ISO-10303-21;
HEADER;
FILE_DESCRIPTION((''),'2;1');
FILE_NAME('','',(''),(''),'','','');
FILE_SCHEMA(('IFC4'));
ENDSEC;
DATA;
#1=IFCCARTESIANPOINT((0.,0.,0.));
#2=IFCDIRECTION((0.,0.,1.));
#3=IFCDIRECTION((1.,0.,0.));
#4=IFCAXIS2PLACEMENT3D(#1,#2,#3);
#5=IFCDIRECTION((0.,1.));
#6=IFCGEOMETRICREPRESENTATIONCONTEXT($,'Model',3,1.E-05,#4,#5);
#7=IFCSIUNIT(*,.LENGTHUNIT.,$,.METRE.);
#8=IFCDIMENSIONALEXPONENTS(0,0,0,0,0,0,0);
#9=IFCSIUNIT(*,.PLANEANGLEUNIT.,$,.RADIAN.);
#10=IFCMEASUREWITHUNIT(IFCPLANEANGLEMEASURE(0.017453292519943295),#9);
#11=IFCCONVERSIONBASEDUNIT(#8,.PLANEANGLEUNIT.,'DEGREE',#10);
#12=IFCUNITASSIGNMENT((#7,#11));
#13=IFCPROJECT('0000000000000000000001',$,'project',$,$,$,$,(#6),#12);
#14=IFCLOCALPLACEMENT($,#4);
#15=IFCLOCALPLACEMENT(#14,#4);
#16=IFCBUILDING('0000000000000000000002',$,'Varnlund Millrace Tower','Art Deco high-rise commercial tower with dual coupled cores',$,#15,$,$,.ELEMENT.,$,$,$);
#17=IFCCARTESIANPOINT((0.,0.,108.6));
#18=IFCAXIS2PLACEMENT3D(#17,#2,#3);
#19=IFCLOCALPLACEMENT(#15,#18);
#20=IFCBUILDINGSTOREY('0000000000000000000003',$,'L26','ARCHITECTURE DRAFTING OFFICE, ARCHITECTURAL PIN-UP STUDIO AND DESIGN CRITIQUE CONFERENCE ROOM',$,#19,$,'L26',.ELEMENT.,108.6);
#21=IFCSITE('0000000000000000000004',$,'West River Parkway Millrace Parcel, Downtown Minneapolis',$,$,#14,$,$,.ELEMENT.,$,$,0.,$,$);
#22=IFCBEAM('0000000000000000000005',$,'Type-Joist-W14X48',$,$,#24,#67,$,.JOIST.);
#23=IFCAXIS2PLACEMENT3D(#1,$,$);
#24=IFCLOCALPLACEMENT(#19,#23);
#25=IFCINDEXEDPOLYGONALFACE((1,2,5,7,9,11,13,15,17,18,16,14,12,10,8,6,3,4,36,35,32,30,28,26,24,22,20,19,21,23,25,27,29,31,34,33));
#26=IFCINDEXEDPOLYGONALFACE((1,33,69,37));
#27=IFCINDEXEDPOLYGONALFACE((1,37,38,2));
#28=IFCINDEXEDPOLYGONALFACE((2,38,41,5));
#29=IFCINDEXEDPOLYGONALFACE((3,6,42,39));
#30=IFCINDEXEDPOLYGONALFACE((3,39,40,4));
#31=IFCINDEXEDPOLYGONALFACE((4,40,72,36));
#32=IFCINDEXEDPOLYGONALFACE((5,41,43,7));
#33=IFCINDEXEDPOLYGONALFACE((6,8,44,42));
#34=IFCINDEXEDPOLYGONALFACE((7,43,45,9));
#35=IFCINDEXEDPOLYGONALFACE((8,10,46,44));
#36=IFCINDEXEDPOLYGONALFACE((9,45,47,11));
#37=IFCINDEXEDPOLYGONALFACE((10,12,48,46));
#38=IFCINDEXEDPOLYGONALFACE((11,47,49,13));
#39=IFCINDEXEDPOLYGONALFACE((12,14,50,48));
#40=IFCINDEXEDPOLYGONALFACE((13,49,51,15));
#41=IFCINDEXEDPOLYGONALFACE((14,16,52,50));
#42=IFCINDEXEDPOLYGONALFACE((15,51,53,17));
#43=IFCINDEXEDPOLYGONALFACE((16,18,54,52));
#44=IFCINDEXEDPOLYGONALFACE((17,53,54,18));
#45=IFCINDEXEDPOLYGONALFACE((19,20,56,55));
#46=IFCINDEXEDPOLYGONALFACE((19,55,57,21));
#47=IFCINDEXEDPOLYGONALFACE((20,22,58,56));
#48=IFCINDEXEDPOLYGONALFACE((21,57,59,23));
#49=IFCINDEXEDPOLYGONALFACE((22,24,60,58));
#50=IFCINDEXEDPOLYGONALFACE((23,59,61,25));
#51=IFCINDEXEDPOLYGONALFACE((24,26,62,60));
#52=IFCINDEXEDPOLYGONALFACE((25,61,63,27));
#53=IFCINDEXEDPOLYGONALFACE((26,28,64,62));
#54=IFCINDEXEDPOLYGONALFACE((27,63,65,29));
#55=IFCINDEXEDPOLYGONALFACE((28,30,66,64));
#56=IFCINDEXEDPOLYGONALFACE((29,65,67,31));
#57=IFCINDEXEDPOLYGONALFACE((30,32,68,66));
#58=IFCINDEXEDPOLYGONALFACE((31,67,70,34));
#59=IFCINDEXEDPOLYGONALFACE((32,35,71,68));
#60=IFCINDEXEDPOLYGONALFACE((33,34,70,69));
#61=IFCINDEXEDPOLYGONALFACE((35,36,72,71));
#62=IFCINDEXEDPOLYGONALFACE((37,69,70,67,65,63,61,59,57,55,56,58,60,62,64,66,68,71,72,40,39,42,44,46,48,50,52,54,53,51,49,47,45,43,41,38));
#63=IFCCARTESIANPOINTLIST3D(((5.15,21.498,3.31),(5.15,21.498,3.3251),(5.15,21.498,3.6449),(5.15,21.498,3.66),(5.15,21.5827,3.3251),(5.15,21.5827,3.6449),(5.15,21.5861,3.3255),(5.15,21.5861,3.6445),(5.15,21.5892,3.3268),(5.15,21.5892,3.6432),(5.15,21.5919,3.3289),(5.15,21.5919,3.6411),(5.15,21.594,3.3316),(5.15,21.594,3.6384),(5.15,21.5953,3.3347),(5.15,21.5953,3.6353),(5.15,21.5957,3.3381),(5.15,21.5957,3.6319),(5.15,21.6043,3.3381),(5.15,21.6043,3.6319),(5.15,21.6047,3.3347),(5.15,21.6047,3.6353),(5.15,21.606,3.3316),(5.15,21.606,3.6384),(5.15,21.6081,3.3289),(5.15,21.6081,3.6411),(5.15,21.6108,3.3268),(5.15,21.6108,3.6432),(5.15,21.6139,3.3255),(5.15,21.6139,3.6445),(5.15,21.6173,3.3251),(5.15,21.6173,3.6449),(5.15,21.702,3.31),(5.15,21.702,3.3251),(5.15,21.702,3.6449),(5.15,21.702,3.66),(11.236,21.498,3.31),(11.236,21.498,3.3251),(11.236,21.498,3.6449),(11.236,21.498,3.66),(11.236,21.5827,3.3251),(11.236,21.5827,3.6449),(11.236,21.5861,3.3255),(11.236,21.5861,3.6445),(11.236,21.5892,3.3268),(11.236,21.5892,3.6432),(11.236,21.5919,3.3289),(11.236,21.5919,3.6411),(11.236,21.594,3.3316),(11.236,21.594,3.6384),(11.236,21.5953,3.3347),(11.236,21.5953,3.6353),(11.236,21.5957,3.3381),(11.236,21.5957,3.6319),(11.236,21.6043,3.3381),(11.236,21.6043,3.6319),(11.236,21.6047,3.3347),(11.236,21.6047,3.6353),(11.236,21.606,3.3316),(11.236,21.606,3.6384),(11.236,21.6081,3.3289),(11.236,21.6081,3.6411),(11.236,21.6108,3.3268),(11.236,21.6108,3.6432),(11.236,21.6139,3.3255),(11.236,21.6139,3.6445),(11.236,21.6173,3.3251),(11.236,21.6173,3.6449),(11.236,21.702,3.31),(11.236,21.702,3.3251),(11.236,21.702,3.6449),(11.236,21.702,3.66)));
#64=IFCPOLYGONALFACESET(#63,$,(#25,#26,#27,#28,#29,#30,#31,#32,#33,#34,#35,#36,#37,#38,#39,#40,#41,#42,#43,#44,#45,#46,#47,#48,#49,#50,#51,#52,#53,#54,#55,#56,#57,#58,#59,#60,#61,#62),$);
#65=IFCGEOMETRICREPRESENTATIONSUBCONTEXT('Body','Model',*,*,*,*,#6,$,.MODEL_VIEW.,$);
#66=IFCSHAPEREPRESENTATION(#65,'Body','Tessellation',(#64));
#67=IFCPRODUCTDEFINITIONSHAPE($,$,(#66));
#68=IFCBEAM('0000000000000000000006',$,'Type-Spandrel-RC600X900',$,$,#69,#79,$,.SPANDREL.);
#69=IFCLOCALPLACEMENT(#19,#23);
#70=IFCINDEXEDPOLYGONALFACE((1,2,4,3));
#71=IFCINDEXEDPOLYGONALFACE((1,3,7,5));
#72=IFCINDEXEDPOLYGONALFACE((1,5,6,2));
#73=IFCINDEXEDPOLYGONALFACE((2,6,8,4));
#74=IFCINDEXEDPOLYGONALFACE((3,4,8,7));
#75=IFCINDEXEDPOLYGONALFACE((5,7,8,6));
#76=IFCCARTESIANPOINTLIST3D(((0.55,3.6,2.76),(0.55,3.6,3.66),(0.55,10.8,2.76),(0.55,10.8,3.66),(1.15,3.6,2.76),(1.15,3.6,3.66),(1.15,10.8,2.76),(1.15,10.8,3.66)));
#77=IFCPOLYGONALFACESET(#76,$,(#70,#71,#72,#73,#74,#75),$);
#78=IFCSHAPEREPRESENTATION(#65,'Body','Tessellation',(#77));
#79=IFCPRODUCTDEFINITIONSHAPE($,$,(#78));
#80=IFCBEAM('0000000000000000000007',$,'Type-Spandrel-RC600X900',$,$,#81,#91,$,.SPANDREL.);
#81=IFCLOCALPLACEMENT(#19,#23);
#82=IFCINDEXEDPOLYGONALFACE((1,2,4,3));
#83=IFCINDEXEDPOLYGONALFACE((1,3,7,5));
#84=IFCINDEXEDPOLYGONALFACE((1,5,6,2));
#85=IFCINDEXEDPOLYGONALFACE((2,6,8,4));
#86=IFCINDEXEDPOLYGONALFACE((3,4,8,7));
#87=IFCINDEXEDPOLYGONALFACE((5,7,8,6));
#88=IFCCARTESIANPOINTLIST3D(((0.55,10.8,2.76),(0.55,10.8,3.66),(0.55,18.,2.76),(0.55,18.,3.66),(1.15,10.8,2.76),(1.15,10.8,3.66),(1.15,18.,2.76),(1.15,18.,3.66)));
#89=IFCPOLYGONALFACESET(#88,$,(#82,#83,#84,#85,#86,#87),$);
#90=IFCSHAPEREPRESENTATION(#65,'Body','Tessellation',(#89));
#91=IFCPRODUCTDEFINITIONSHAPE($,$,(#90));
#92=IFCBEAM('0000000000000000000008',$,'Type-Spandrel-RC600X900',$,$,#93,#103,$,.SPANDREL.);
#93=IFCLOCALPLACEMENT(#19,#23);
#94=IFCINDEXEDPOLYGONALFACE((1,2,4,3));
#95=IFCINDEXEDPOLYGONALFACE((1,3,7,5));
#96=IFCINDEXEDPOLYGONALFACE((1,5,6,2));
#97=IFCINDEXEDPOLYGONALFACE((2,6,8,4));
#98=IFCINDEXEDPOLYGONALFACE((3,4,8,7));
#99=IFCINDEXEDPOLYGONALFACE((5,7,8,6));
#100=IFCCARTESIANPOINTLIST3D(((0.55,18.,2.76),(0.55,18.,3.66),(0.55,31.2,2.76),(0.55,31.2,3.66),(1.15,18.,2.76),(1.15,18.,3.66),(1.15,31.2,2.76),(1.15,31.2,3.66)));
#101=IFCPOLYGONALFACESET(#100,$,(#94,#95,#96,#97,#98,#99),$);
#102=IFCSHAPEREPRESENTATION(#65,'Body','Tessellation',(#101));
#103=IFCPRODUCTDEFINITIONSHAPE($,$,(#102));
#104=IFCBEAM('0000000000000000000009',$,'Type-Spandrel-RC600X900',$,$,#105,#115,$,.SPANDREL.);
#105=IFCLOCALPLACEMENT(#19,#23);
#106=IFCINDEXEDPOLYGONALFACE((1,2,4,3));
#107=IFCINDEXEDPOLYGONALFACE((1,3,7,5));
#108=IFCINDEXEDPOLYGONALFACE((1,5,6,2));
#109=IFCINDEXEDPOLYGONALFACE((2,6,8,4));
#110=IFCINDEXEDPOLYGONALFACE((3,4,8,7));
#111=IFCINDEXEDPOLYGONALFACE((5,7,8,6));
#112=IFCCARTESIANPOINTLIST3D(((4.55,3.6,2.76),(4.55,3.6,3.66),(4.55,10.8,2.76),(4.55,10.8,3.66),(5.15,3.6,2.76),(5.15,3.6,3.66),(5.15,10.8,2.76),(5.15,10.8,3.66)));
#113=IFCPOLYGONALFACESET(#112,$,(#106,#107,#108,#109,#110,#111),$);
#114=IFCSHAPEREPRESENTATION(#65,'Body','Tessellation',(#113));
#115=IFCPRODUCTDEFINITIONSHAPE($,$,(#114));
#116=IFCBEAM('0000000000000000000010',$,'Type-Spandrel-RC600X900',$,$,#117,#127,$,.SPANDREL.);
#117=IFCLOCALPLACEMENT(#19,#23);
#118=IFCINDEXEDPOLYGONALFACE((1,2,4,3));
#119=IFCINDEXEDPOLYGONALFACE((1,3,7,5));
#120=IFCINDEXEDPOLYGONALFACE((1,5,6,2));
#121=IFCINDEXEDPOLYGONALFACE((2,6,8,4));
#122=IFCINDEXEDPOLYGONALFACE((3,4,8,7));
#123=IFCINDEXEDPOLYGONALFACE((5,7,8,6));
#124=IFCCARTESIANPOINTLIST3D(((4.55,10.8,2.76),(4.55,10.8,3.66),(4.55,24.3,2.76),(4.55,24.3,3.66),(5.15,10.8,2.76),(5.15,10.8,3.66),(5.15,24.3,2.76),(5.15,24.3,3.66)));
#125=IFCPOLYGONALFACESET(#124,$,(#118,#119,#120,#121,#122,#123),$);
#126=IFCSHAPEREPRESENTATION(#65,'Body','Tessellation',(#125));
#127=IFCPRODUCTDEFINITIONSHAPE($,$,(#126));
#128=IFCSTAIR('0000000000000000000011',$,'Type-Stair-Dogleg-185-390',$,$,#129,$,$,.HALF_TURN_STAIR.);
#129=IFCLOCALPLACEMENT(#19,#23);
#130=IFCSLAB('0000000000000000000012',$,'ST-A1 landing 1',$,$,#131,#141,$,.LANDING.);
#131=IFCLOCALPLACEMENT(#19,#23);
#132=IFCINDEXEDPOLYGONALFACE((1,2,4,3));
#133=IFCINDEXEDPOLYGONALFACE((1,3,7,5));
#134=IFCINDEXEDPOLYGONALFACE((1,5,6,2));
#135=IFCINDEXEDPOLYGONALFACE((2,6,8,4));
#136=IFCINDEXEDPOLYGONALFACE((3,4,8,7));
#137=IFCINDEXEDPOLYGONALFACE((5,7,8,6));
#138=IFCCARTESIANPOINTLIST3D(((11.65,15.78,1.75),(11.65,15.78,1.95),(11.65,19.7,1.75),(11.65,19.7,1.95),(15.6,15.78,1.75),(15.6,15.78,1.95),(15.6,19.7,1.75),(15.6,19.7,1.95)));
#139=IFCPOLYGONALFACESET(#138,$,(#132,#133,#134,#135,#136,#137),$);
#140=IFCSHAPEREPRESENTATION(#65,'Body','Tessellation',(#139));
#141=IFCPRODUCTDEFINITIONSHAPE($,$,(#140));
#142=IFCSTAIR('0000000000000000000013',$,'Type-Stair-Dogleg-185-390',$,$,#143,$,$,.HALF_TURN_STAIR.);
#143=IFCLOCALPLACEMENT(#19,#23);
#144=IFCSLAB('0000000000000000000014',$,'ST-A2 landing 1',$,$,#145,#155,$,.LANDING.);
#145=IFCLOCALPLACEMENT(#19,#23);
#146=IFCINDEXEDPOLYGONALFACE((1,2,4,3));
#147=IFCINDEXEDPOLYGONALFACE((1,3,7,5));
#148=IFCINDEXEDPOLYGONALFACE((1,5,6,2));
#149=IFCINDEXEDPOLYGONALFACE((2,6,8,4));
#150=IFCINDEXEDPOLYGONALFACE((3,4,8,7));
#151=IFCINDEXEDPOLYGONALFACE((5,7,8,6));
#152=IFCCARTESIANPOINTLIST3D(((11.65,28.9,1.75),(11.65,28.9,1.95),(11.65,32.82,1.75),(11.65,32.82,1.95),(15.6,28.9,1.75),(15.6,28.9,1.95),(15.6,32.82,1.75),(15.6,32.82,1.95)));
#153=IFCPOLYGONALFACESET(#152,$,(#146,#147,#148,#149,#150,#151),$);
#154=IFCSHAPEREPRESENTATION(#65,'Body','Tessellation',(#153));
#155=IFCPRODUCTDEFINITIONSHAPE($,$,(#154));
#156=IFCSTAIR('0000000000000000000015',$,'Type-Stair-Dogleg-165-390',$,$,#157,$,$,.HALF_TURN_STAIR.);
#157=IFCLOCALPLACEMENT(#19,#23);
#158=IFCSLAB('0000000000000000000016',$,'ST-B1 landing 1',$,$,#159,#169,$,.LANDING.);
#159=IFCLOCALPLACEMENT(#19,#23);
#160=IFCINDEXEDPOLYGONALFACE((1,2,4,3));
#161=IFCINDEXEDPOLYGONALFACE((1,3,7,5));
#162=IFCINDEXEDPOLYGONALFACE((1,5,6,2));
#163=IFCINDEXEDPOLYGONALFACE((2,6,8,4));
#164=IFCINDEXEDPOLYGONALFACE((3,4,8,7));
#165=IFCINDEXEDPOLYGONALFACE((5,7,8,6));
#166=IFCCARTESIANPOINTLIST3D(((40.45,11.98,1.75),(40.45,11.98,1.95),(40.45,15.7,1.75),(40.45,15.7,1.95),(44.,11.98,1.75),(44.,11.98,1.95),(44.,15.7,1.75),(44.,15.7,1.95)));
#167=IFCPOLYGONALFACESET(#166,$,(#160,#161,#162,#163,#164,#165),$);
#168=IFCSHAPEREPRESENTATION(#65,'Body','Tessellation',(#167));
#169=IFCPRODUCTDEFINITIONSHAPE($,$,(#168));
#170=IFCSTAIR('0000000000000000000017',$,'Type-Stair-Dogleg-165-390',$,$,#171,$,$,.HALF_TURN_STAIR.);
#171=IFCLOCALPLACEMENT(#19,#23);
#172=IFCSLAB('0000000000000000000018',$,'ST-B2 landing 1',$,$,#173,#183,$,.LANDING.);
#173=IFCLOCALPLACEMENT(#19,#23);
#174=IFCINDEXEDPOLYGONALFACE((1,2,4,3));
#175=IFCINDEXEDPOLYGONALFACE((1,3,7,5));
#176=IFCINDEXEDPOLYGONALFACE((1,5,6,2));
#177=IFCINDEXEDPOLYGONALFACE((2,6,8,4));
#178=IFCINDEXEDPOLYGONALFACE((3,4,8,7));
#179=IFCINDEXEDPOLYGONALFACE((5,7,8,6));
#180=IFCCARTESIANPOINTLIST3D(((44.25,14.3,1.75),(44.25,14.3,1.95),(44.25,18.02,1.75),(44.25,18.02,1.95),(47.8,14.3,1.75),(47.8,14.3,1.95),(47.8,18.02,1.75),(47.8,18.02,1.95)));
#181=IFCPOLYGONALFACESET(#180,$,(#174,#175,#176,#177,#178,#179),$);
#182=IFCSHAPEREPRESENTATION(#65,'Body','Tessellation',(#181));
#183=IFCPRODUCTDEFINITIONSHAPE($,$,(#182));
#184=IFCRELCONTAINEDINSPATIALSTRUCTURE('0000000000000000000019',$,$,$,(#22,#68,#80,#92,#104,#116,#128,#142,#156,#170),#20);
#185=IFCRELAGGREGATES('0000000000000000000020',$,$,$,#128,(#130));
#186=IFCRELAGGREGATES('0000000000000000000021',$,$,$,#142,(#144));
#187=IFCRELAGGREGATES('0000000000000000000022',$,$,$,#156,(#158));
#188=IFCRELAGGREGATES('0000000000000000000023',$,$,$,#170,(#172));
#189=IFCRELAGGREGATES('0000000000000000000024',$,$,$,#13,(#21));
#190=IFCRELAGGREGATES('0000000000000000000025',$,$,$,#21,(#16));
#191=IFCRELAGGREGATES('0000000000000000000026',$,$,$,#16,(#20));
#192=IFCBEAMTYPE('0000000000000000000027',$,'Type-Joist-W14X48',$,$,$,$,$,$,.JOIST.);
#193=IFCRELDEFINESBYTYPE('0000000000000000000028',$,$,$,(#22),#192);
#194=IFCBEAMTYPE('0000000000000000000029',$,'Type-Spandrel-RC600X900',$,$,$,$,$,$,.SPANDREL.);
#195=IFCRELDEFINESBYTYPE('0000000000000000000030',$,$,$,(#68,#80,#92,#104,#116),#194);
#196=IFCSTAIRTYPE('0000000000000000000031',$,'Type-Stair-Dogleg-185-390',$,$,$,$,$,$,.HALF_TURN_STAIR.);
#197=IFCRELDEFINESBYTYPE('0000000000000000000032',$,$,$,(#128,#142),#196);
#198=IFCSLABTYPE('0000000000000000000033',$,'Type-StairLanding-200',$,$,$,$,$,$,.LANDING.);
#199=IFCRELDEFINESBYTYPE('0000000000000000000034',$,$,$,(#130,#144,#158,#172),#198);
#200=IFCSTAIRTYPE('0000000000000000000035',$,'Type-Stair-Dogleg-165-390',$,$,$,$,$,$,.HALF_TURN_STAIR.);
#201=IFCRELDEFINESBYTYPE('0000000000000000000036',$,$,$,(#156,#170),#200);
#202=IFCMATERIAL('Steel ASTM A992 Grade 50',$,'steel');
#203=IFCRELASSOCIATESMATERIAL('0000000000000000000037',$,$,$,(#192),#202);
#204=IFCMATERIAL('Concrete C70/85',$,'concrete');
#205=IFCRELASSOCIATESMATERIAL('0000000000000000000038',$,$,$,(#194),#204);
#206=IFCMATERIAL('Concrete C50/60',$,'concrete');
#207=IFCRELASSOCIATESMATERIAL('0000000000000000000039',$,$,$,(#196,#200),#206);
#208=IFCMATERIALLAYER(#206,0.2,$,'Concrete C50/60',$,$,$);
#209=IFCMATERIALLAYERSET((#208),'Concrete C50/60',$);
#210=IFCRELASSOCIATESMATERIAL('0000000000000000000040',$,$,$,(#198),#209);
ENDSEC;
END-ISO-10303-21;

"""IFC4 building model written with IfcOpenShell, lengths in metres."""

from ifc_helpers import new_model, entity, si_unit, converted_unit, direction, frame, origin_with_axes, origin_2d_with_axis, place, context, subcontext, project, spatial, polyline, rectangle, i_section, outline, extrude, material, layer, layer_set, material_profile, profile_set, type_object, element, aggregate, save


model = new_model("IFC4")

# Units and contexts
model_context = context("Model", 3, precision=1e-05, world=origin_with_axes(), true_north=direction((0.0, 1.0)))
body_context = subcontext(model_context, "Body", "Model", "MODEL_VIEW")
ifc_project = project(units=[si_unit("LENGTHUNIT", "METRE"), converted_unit("PLANEANGLEUNIT", "DEGREE", entity("IfcPlaneAngleMeasure", 0.017453292519943295), si_unit("PLANEANGLEUNIT", "RADIAN"), dimensions=[0, 0, 0, 0, 0, 0, 0])], contexts=[model_context])

# Site, building, storey
site_placement = place(None, origin_with_axes())
site = spatial("IfcSite", under=ifc_project, at=site_placement, Name="West River Parkway Millrace Parcel, Downtown Minneapolis", CompositionType="ELEMENT", RefElevation=0.0)
building_placement = place(site_placement, origin_with_axes())
building = spatial("IfcBuilding", under=site, at=building_placement, Name="Varnlund Millrace Tower", Description="Art Deco high-rise commercial tower with dual coupled cores", CompositionType="ELEMENT")
storey_placement = place(building_placement, frame((0.0, 0.0, 108.6), z_axis=(0.0, 0.0, 1.0), x_axis=(1.0, 0.0, 0.0)))
storey = spatial("IfcBuildingStorey", under=building, at=storey_placement, Name="L26", Description="ARCHITECTURE DRAFTING OFFICE, ARCHITECTURAL PIN-UP STUDIO AND DESIGN CRITIQUE CONFERENCE ROOM", LongName="L26", CompositionType="ELEMENT", Elevation=108.6)

# Beams
ifc_material_1 = material(Name="Steel ASTM A992 Grade 50", Category="steel")
ifc_material_profile_1 = material_profile(ifc_material_1, i_section(OverallWidth=0.204, OverallDepth=0.35, WebThickness=0.0086, FlangeThickness=0.0151, FilletRadius=0.013, at=origin_2d_with_axis()), Name="Steel ASTM A992 Grade 50")
ifc_profile_set_1 = profile_set([ifc_material_profile_1], Name="Steel ASTM A992 Grade 50")
beam_type_1 = type_object("IfcBeamType", Name="Type-Joist-W14X48", PredefinedType="JOIST", material=ifc_profile_set_1)
for number, where, z_axis, x_axis, name in (
    (1, (5.15, 21.6, 3.485), (1.0, 0.0, 0.0), (0.0, 1.0, 0.0), "Type-Joist-W14X48"),
):
    element("IfcBeam", number, at=place(storey_placement, frame(where, z_axis=z_axis, x_axis=x_axis)), inside=storey, type_object=beam_type_1, Name=name, PredefinedType="JOIST", context=body_context, shape_type="SweptSolid", body=[
        extrude(i_section(OverallWidth=0.204, OverallDepth=0.35, WebThickness=0.0086, FlangeThickness=0.0151, FilletRadius=0.013, at=origin_2d_with_axis()), origin_with_axes(), (0.0, 0.0, 1.0), 6.086),
    ])
ifc_material_2 = material(Name="Concrete C70/85", Category="concrete")
ifc_material_profile_2 = material_profile(ifc_material_2, rectangle(XDim=0.6, YDim=0.9, at=origin_2d_with_axis()), Name="Concrete C70/85")
ifc_profile_set_2 = profile_set([ifc_material_profile_2], Name="Concrete C70/85")
beam_type_2 = type_object("IfcBeamType", Name="Type-Spandrel-RC600X900", PredefinedType="SPANDREL", material=ifc_profile_set_2)
for number, where, z_axis, x_axis, name in (
    (2, (0.85, 3.6, 3.21), (0.0, 1.0, 0.0), (-1.0, 0.0, 0.0), "Type-Spandrel-RC600X900"),
    (3, (0.85, 10.8, 3.21), (0.0, 1.0, 0.0), (-1.0, 0.0, 0.0), "Type-Spandrel-RC600X900"),
):
    element("IfcBeam", number, at=place(storey_placement, frame(where, z_axis=z_axis, x_axis=x_axis)), inside=storey, type_object=beam_type_2, Name=name, PredefinedType="SPANDREL", context=body_context, shape_type="SweptSolid", body=[
        extrude(rectangle(XDim=0.6, YDim=0.9, at=origin_2d_with_axis()), origin_with_axes(), (0.0, 0.0, 1.0), 7.2),
    ])
beam_1_placement = place(storey_placement, frame((0.85, 18.0, 3.21), z_axis=(0.0, 1.0, 0.0), x_axis=(-1.0, 0.0, 0.0)))
element("IfcBeam", 4, at=beam_1_placement, inside=storey, type_object=beam_type_2, Name="Type-Spandrel-RC600X900", PredefinedType="SPANDREL", context=body_context, shape_type="SweptSolid", body=[
    extrude(rectangle(XDim=0.6, YDim=0.9, at=origin_2d_with_axis()), origin_with_axes(), (0.0, 0.0, 1.0), 13.2),
])
beam_2_placement = place(storey_placement, frame((4.85, 3.6, 3.21), z_axis=(0.0, 1.0, 0.0), x_axis=(-1.0, 0.0, 0.0)))
element("IfcBeam", 5, at=beam_2_placement, inside=storey, type_object=beam_type_2, Name="Type-Spandrel-RC600X900", PredefinedType="SPANDREL", context=body_context, shape_type="SweptSolid", body=[
    extrude(rectangle(XDim=0.6, YDim=0.9, at=origin_2d_with_axis()), origin_with_axes(), (0.0, 0.0, 1.0), 7.2),
])
beam_3_placement = place(storey_placement, frame((4.85, 10.8, 3.21), z_axis=(0.0, 1.0, 0.0), x_axis=(-1.0, 0.0, 0.0)))
element("IfcBeam", 6, at=beam_3_placement, inside=storey, type_object=beam_type_2, Name="Type-Spandrel-RC600X900", PredefinedType="SPANDREL", context=body_context, shape_type="SweptSolid", body=[
    extrude(rectangle(XDim=0.6, YDim=0.9, at=origin_2d_with_axis()), origin_with_axes(), (0.0, 0.0, 1.0), 13.5),
])

# Stairs, slabs
ifc_material_3 = material(Name="Concrete C50/60", Category="concrete")
stair_type_1 = type_object("IfcStairType", Name="Type-Stair-Dogleg-185-390", PredefinedType="HALF_TURN_STAIR", material=ifc_material_3)
stair_1_placement = place(storey_placement, origin_with_axes())
stair_1 = element("IfcStair", 7, at=stair_1_placement, inside=storey, type_object=stair_type_1, Name="Type-Stair-Dogleg-185-390", PredefinedType="HALF_TURN_STAIR")
ifc_layer_1 = layer(ifc_material_3, 0.2, Name="Concrete C50/60")
ifc_layer_set_1 = layer_set([ifc_layer_1], Name="Concrete C50/60")
slab_type = type_object("IfcSlabType", Name="Type-StairLanding-200", PredefinedType="LANDING", material=ifc_layer_set_1)
slab_1_placement = place(storey_placement, frame((0.0, 0.0, 1.75), z_axis=(0.0, 0.0, 1.0), x_axis=(1.0, 0.0, 0.0)))
slab_1 = element("IfcSlab", 8, at=slab_1_placement, type_object=slab_type, Name="ST-A1 landing 1", PredefinedType="LANDING", context=body_context, shape_type="SweptSolid", body=[
    extrude(outline(polyline([(15.6, 15.78), (15.6, 19.7), (11.65, 19.7), (11.65, 15.78), (15.6, 15.78)])), origin_with_axes(), (0.0, 0.0, 1.0), 0.2),
])
aggregate(stair_1, [slab_1])
stair_2_placement = place(storey_placement, origin_with_axes())
stair_2 = element("IfcStair", 9, at=stair_2_placement, inside=storey, type_object=stair_type_1, Name="Type-Stair-Dogleg-185-390", PredefinedType="HALF_TURN_STAIR")
slab_2_placement = place(storey_placement, frame((0.0, 0.0, 1.75), z_axis=(0.0, 0.0, 1.0), x_axis=(1.0, 0.0, 0.0)))
slab_2 = element("IfcSlab", 10, at=slab_2_placement, type_object=slab_type, Name="ST-A2 landing 1", PredefinedType="LANDING", context=body_context, shape_type="SweptSolid", body=[
    extrude(outline(polyline([(11.65, 32.82), (11.65, 28.9), (15.6, 28.9), (15.6, 32.82), (11.65, 32.82)])), origin_with_axes(), (0.0, 0.0, 1.0), 0.2),
])
aggregate(stair_2, [slab_2])
stair_type_2 = type_object("IfcStairType", Name="Type-Stair-Dogleg-165-390", PredefinedType="HALF_TURN_STAIR", material=ifc_material_3)
stair_3_placement = place(storey_placement, origin_with_axes())
stair_3 = element("IfcStair", 11, at=stair_3_placement, inside=storey, type_object=stair_type_2, Name="Type-Stair-Dogleg-165-390", PredefinedType="HALF_TURN_STAIR")
slab_3_placement = place(storey_placement, frame((0.0, 0.0, 1.75), z_axis=(0.0, 0.0, 1.0), x_axis=(1.0, 0.0, 0.0)))
slab_3 = element("IfcSlab", 12, at=slab_3_placement, type_object=slab_type, Name="ST-B1 landing 1", PredefinedType="LANDING", context=body_context, shape_type="SweptSolid", body=[
    extrude(outline(polyline([(44.0, 11.98), (44.0, 15.7), (40.45, 15.7), (40.45, 11.98), (44.0, 11.98)])), origin_with_axes(), (0.0, 0.0, 1.0), 0.2),
])
aggregate(stair_3, [slab_3])
stair_4_placement = place(storey_placement, origin_with_axes())
stair_4 = element("IfcStair", 13, at=stair_4_placement, inside=storey, type_object=stair_type_2, Name="Type-Stair-Dogleg-165-390", PredefinedType="HALF_TURN_STAIR")
slab_4_placement = place(storey_placement, frame((0.0, 0.0, 1.75), z_axis=(0.0, 0.0, 1.0), x_axis=(1.0, 0.0, 0.0)))
slab_4 = element("IfcSlab", 14, at=slab_4_placement, type_object=slab_type, Name="ST-B2 landing 1", PredefinedType="LANDING", context=body_context, shape_type="SweptSolid", body=[
    extrude(outline(polyline([(44.25, 18.02), (44.25, 14.3), (47.8, 14.3), (47.8, 18.02), (44.25, 18.02)])), origin_with_axes(), (0.0, 0.0, 1.0), 0.2),
])
aggregate(stair_4, [slab_4])

save(model, "model.ifc")
